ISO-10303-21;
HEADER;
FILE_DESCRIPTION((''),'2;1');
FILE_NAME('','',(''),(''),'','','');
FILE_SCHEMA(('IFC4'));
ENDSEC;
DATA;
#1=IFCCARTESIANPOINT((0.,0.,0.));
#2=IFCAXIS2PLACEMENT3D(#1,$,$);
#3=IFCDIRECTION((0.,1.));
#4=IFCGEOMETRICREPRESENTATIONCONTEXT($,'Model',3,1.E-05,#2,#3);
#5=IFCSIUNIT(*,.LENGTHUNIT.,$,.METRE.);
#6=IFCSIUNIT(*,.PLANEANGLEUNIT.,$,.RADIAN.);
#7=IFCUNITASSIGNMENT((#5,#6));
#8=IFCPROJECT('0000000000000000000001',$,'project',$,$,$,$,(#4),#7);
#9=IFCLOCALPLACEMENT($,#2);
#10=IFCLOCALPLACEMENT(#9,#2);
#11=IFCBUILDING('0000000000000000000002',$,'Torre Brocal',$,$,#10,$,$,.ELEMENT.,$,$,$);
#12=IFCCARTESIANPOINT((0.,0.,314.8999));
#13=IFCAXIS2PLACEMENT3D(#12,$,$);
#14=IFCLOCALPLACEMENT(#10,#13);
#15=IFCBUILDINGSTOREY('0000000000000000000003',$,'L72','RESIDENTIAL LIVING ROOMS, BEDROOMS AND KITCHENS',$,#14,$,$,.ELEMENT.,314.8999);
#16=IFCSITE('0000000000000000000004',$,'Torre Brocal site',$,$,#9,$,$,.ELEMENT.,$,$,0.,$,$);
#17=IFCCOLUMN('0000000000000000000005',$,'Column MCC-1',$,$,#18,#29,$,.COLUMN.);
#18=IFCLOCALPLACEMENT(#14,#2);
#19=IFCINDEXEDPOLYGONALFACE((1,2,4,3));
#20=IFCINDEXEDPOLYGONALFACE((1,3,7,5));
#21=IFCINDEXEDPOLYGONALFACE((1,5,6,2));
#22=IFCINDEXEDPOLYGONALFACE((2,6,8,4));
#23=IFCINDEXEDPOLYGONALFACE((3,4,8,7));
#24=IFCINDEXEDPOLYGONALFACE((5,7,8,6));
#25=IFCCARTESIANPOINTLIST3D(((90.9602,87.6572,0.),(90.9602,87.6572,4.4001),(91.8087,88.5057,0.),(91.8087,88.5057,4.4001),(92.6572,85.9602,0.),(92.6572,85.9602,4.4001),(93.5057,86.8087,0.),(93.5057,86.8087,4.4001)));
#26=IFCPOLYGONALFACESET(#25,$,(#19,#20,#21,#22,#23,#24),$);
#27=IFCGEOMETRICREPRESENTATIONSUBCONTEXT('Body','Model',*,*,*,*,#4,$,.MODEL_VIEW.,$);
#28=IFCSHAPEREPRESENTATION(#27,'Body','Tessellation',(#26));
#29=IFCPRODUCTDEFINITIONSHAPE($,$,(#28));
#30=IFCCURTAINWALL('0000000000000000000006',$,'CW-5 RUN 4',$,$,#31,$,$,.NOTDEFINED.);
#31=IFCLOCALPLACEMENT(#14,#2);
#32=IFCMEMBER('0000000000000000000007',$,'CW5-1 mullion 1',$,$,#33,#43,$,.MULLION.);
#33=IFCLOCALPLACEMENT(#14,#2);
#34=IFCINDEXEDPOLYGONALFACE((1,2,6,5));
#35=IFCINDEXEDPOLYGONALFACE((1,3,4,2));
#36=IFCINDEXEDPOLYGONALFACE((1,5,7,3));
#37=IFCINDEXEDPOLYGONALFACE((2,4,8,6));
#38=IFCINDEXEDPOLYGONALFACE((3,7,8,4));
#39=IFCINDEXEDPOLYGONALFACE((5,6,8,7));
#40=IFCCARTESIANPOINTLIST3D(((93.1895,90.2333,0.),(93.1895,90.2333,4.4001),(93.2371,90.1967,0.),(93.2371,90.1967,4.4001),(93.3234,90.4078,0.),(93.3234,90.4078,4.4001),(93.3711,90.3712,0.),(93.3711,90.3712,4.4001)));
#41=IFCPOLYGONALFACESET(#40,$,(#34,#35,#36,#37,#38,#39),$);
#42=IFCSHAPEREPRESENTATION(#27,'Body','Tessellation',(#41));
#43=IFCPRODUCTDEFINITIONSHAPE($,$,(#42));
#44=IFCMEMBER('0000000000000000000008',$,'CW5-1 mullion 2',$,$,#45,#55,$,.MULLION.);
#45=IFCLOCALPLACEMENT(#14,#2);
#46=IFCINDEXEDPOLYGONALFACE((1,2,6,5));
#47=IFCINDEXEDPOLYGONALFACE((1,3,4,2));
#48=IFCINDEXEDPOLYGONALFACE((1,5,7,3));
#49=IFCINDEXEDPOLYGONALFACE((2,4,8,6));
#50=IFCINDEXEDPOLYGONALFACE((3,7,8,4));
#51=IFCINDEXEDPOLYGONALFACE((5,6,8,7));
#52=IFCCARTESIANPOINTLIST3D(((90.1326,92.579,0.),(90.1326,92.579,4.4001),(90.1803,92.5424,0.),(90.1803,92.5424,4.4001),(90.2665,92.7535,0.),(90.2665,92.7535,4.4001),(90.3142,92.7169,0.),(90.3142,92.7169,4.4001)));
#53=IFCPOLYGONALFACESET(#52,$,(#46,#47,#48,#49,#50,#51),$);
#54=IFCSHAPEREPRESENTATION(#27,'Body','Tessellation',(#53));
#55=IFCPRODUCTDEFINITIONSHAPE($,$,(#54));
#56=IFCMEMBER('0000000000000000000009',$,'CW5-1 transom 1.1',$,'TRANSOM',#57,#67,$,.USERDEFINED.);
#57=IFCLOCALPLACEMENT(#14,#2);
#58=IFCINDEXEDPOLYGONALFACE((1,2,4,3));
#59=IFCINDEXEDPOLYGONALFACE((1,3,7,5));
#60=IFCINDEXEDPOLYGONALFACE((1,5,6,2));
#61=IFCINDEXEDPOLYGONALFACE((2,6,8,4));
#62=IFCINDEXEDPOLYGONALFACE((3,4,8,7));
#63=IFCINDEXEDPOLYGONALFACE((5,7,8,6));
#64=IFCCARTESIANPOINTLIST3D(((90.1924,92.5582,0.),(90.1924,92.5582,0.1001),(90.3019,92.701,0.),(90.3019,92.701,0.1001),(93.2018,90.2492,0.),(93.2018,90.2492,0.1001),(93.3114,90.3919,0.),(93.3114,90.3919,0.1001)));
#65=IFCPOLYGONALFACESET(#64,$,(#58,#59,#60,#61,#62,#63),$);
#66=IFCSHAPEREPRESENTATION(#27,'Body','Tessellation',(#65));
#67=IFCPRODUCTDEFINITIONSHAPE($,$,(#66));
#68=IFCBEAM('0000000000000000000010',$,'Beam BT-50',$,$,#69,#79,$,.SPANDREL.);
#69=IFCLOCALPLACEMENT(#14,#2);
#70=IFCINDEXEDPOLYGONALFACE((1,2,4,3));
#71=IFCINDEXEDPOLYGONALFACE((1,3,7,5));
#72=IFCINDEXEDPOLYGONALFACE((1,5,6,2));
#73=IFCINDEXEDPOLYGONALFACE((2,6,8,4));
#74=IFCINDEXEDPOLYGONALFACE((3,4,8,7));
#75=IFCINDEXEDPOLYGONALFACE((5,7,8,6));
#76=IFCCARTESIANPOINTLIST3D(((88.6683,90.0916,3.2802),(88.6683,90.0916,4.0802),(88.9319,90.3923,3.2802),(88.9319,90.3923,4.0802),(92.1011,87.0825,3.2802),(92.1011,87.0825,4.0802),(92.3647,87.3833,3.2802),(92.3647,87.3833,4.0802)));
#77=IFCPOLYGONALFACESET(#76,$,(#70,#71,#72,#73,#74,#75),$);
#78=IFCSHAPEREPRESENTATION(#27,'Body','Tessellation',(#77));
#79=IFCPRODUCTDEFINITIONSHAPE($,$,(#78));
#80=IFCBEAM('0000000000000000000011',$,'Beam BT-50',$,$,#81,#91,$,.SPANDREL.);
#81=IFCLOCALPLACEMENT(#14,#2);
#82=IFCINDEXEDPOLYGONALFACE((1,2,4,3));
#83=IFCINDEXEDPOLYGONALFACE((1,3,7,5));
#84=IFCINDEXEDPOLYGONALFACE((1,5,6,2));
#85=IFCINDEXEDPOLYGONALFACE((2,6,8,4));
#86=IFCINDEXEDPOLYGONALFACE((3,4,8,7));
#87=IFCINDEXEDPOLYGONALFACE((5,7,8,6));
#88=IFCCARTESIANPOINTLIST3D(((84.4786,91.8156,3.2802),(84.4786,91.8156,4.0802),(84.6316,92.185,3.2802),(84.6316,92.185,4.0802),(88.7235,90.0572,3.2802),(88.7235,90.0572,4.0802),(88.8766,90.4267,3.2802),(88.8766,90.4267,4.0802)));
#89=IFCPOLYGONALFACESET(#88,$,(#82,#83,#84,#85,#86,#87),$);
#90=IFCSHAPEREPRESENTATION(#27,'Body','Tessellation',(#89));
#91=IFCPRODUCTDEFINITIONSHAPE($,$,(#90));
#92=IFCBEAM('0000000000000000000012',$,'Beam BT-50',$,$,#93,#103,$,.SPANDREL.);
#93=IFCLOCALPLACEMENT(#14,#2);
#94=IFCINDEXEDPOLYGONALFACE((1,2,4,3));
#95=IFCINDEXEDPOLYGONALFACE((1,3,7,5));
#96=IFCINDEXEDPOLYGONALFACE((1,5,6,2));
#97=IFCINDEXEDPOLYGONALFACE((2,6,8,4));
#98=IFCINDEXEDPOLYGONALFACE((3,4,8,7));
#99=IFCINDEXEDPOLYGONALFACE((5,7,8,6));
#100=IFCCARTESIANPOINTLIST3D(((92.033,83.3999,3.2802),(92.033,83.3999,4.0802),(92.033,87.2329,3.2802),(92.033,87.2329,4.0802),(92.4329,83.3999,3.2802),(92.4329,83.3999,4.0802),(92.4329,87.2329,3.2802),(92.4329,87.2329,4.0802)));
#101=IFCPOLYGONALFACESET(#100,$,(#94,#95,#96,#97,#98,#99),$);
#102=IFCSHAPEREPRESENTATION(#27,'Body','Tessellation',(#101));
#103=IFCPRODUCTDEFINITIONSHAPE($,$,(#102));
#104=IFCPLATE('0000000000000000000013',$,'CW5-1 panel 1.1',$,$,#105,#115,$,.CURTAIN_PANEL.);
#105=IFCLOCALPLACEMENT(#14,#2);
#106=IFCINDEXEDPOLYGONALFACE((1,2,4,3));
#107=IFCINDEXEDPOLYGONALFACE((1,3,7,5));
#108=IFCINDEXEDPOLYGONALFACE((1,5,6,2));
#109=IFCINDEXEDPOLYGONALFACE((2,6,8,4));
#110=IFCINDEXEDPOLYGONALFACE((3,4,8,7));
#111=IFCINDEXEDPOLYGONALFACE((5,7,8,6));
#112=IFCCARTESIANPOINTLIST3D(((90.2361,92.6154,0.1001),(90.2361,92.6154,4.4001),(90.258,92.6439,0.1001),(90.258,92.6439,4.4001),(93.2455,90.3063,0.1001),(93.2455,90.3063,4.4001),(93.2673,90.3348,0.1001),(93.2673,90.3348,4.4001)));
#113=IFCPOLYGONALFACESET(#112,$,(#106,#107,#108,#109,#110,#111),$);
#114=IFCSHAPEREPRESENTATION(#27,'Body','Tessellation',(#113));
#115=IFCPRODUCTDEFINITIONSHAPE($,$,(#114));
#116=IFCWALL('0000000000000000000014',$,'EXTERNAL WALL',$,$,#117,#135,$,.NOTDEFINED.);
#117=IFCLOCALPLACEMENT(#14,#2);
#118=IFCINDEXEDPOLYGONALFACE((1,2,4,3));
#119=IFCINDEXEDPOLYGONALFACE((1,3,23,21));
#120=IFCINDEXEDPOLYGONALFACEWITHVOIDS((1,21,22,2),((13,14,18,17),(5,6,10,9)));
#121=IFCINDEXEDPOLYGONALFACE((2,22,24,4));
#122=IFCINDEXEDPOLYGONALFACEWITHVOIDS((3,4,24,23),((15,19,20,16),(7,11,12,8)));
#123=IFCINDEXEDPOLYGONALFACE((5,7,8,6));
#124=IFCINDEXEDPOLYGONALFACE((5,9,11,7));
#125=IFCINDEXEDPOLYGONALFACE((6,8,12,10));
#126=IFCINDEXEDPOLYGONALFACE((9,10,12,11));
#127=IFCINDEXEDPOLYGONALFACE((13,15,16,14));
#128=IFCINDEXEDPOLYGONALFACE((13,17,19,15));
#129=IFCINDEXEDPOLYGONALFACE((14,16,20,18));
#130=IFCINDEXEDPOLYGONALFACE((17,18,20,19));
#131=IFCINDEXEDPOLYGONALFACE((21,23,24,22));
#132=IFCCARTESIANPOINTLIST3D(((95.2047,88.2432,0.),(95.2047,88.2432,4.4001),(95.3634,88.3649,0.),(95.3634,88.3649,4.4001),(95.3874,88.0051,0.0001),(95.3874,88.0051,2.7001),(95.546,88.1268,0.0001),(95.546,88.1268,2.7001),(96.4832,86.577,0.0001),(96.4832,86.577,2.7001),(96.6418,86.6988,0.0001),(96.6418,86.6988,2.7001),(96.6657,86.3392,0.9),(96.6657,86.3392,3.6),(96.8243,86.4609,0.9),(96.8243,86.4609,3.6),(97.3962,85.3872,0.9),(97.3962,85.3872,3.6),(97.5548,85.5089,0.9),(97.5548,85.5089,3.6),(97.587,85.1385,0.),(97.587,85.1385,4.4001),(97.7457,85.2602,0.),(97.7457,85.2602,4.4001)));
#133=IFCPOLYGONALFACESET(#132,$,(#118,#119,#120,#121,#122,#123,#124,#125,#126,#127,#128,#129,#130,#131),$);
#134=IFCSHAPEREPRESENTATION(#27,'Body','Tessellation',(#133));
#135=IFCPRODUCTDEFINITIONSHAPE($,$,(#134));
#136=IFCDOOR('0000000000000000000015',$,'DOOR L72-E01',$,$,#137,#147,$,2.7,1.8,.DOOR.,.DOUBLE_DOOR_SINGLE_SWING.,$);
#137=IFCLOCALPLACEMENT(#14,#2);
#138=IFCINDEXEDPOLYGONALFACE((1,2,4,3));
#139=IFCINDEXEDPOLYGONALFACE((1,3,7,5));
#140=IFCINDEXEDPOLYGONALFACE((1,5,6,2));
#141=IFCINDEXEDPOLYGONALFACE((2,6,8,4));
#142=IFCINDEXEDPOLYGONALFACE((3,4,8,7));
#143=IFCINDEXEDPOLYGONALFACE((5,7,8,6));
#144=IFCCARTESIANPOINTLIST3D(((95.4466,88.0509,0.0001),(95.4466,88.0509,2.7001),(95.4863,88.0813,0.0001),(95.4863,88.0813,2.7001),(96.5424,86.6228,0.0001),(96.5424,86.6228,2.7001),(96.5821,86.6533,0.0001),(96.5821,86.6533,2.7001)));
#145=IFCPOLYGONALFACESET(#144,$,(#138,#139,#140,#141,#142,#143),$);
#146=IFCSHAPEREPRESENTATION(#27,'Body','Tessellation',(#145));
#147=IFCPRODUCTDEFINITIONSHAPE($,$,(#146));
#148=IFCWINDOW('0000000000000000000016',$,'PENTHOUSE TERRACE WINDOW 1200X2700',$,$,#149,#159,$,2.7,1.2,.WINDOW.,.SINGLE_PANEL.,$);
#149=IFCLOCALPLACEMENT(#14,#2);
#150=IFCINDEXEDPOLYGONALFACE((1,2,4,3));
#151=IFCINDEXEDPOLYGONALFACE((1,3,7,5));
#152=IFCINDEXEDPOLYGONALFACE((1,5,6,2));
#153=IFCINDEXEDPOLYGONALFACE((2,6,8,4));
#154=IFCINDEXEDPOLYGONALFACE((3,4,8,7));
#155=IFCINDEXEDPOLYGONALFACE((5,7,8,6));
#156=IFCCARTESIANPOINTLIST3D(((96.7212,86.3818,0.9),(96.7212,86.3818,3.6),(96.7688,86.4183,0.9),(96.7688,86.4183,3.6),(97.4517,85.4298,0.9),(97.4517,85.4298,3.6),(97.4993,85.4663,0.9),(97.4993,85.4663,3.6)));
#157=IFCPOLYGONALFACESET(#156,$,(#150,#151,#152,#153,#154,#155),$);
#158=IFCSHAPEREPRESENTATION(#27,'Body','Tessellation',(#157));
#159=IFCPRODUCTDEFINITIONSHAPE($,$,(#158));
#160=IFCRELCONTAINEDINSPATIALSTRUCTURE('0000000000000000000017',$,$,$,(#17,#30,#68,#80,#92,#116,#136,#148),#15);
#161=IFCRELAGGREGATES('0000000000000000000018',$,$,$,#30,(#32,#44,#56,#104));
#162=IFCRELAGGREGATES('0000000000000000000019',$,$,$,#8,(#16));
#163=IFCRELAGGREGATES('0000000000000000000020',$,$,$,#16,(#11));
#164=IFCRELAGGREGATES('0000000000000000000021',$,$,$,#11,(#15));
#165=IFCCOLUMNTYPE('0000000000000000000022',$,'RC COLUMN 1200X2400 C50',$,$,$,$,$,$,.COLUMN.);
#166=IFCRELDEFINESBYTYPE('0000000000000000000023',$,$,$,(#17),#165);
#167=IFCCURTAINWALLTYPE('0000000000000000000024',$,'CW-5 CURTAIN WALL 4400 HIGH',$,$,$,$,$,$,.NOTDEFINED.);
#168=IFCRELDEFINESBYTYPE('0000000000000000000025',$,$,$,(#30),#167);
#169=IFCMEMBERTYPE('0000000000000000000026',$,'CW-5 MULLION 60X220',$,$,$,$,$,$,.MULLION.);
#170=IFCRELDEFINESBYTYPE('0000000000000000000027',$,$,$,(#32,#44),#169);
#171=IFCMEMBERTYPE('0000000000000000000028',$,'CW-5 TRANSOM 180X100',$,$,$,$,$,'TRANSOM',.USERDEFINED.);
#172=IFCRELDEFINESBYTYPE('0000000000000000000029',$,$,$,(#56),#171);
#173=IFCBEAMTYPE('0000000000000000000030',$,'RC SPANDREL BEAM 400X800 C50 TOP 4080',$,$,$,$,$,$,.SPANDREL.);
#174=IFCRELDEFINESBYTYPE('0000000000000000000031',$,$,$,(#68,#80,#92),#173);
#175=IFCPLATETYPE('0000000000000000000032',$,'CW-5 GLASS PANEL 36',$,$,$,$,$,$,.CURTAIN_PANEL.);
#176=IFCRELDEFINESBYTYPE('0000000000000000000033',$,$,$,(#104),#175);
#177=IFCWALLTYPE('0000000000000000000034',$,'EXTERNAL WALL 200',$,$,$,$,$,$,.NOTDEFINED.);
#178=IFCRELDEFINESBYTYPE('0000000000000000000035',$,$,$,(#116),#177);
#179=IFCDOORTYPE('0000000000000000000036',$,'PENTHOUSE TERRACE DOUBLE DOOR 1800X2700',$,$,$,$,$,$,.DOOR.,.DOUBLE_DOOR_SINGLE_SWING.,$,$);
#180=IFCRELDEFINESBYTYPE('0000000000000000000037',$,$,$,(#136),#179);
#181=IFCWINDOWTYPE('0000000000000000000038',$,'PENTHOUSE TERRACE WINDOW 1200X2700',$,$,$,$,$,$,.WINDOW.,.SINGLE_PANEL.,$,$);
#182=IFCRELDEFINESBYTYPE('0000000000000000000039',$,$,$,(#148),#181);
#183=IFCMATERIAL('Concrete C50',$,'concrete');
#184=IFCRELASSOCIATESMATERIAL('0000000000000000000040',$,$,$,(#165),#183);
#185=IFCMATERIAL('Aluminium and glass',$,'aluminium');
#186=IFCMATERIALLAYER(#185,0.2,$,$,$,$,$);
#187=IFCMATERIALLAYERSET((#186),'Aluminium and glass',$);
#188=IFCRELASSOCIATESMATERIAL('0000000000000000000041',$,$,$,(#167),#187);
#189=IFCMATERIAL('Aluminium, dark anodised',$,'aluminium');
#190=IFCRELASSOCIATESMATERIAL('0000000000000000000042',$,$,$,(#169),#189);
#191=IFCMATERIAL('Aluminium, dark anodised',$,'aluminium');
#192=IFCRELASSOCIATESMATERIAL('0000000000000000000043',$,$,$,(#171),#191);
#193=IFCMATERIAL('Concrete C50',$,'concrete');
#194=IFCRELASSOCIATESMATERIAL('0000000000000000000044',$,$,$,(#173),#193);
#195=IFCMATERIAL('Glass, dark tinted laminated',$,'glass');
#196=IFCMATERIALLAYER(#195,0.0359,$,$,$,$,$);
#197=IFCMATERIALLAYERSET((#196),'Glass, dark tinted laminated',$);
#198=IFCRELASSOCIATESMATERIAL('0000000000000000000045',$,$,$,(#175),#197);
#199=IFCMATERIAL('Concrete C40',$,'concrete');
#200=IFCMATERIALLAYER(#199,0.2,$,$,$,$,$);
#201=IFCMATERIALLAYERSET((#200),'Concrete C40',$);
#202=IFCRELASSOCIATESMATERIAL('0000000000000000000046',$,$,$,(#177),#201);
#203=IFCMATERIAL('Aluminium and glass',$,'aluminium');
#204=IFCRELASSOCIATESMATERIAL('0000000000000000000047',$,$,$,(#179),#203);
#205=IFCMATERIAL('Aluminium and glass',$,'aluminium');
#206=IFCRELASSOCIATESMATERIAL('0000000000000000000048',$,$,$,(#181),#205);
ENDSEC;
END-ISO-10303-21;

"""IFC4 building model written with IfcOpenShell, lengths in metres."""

from ifc_helpers import new_model, si_unit, direction, frame, frame_2d, origin, origin_2d, place, context, subcontext, project, spatial, rectangle, extrude, material, layer, layer_set, material_profile, profile_set, type_object, element, fill, aggregate, save


model = new_model("IFC4")

# Units and contexts
model_context = context("Model", 3, precision=1e-05, world=origin(), true_north=direction((0.0, 1.0)))
body_context = subcontext(model_context, "Body", "Model", "MODEL_VIEW")
ifc_project = project(units=[si_unit("LENGTHUNIT", "METRE"), si_unit("PLANEANGLEUNIT", "RADIAN")], contexts=[model_context])

# Site, building, storey
site_placement = place(None, origin())
site = spatial("IfcSite", under=ifc_project, at=site_placement, Name="Torre Brocal site", CompositionType="ELEMENT", RefElevation=0.0)
building_placement = place(site_placement, origin())
building = spatial("IfcBuilding", under=site, at=building_placement, Name="Torre Brocal", CompositionType="ELEMENT")
storey_placement = place(building_placement, frame((0.0, 0.0, 314.8999)))
storey = spatial("IfcBuildingStorey", under=building, at=storey_placement, Name="L72", Description="RESIDENTIAL LIVING ROOMS, BEDROOMS AND KITCHENS", CompositionType="ELEMENT", Elevation=314.8999)

# Column
ifc_material_1 = material(Name="Concrete C50", Category="concrete")
ifc_material_profile_1 = material_profile(ifc_material_1, rectangle(XDim=1.2, YDim=2.3999, at=origin_2d()), Name="RC 1200X2400")
ifc_profile_set_1 = profile_set([ifc_material_profile_1], Name="Concrete C50")
column_type = type_object("IfcColumnType", Name="RC COLUMN 1200X2400 C50", PredefinedType="COLUMN", material=ifc_profile_set_1)
column_placement = place(storey_placement, frame((92.2329, 87.2329, 0.0), z_axis=(0.0, 0.0, 1.0), x_axis=(0.707107, 0.707107, 0.0)))
element("IfcColumn", 1, at=column_placement, inside=storey, type_object=column_type, Name="Column MCC-1", PredefinedType="COLUMN", context=body_context, shape_type="SweptSolid", body=[
    extrude(rectangle(XDim=1.2, YDim=2.3999, at=origin_2d()), origin(), (0.0, 0.0, 1.0), 4.4001),
])

# Curtain wall, members
ifc_material_2 = material(Name="Aluminium and glass", Category="aluminium")
ifc_layer_1 = layer(ifc_material_2, 0.2)
ifc_layer_set_1 = layer_set([ifc_layer_1], Name="Aluminium and glass")
curtain_wall_type = type_object("IfcCurtainWallType", Name="CW-5 CURTAIN WALL 4400 HIGH", PredefinedType="NOTDEFINED", material=ifc_layer_set_1)
curtain_wall_placement = place(storey_placement, origin())
curtain_wall = element("IfcCurtainWall", 2, at=curtain_wall_placement, inside=storey, type_object=curtain_wall_type, Name="CW-5 RUN 4", PredefinedType="NOTDEFINED")
ifc_material_3 = material(Name="Aluminium, dark anodised", Category="aluminium")
ifc_material_profile_2 = material_profile(ifc_material_3, rectangle(XDim=0.22, YDim=0.0601, at=origin_2d()), Name="CW-5 MULLION 60X220")
ifc_profile_set_2 = profile_set([ifc_material_profile_2], Name="Aluminium, dark anodised")
member_type_1 = type_object("IfcMemberType", Name="CW-5 MULLION 60X220", PredefinedType="MULLION", material=ifc_profile_set_2)
member_1_placement = place(storey_placement, frame((93.2803, 90.3022, 0.0), z_axis=(0.0, 0.0, 1.0), x_axis=(-0.608761, -0.793353, 0.0)))
member_1 = element("IfcMember", 3, at=member_1_placement, type_object=member_type_1, Name="CW5-1 mullion 1", PredefinedType="MULLION", context=body_context, shape_type="SweptSolid", body=[
    extrude(rectangle(XDim=0.22, YDim=0.0601, at=origin_2d()), origin(), (0.0, 0.0, 1.0), 4.4001),
])
member_2_placement = place(storey_placement, frame((90.2234, 92.6479, 0.0), z_axis=(0.0, 0.0, 1.0), x_axis=(-0.608761, -0.793353, 0.0)))
member_2 = element("IfcMember", 4, at=member_2_placement, type_object=member_type_1, Name="CW5-1 mullion 2", PredefinedType="MULLION", context=body_context, shape_type="SweptSolid", body=[
    extrude(rectangle(XDim=0.22, YDim=0.0601, at=origin_2d()), origin(), (0.0, 0.0, 1.0), 4.4001),
])
ifc_material_4 = material(Name="Aluminium, dark anodised", Category="aluminium")
ifc_material_profile_3 = material_profile(ifc_material_4, rectangle(XDim=0.1799, YDim=0.1001, at=origin_2d()), Name="CW-5 TRANSOM 180X100")
ifc_profile_set_3 = profile_set([ifc_material_profile_3], Name="Aluminium, dark anodised")
member_type_2 = type_object("IfcMemberType", Name="CW-5 TRANSOM 180X100", ElementType="TRANSOM", PredefinedType="USERDEFINED", material=ifc_profile_set_3)
member_3_placement = place(storey_placement, frame((93.2566, 90.3206, 0.05), z_axis=(-0.793379, 0.608727, 0.0), x_axis=(-0.608727, -0.793379, 0.0)))
member_3 = element("IfcMember", 5, at=member_3_placement, type_object=member_type_2, Name="CW5-1 transom 1.1", ObjectType="TRANSOM", PredefinedType="USERDEFINED", context=body_context, shape_type="SweptSolid", body=[
    extrude(rectangle(XDim=0.1799, YDim=0.1001, at=origin_2d()), origin(), (0.0, 0.0, 1.0), 3.7932),
])

# Beams
ifc_material_5 = material(Name="Concrete C50", Category="concrete")
ifc_material_profile_4 = material_profile(ifc_material_5, rectangle(XDim=0.3999, YDim=0.8, at=origin_2d()), Name="RC 400X800")
ifc_profile_set_4 = profile_set([ifc_material_profile_4], Name="Concrete C50")
beam_type = type_object("IfcBeamType", Name="RC SPANDREL BEAM 400X800 C50 TOP 4080", PredefinedType="SPANDREL", material=ifc_profile_set_4)
beam_1_placement = place(storey_placement, frame((92.2329, 87.2329, 3.6802), z_axis=(-0.752003, 0.659159, 0.0), x_axis=(-0.659159, -0.752003, 0.0)))
element("IfcBeam", 6, at=beam_1_placement, inside=storey, type_object=beam_type, Name="Beam BT-50", PredefinedType="SPANDREL", context=body_context, shape_type="SweptSolid", body=[
    extrude(rectangle(XDim=0.3999, YDim=0.8, at=origin_2d()), origin(), (0.0, 0.0, 1.0), 4.5649),
])
beam_2_placement = place(storey_placement, frame((88.8, 90.2419, 3.6802), z_axis=(-0.923878, 0.382687, 0.0), x_axis=(-0.382687, -0.923878, 0.0)))
element("IfcBeam", 7, at=beam_2_placement, inside=storey, type_object=beam_type, Name="Beam BT-50", PredefinedType="SPANDREL", context=body_context, shape_type="SweptSolid", body=[
    extrude(rectangle(XDim=0.3999, YDim=0.8, at=origin_2d()), origin(), (0.0, 0.0, 1.0), 4.5947),
])
beam_3_placement = place(storey_placement, frame((92.2329, 87.2329, 3.6802), z_axis=(0.0, -1.0, 0.0), x_axis=(1.0, 0.0, 0.0)))
element("IfcBeam", 8, at=beam_3_placement, inside=storey, type_object=beam_type, Name="Beam BT-50", PredefinedType="SPANDREL", context=body_context, shape_type="SweptSolid", body=[
    extrude(rectangle(XDim=0.3999, YDim=0.8, at=origin_2d()), origin(), (0.0, 0.0, 1.0), 3.833),
])

# Plate
ifc_material_6 = material(Name="Glass, dark tinted laminated", Category="glass")
ifc_layer_2 = layer(ifc_material_6, 0.0359)
ifc_layer_set_2 = layer_set([ifc_layer_2], Name="Glass, dark tinted laminated")
plate_type = type_object("IfcPlateType", Name="CW-5 GLASS PANEL 36", PredefinedType="CURTAIN_PANEL", material=ifc_layer_set_2)
plate_placement = place(storey_placement, frame((91.7517, 91.4751, 0.1001), z_axis=(0.0, 0.0, 1.0), x_axis=(-0.793353, 0.608761, 0.0)))
plate = element("IfcPlate", 9, at=plate_placement, type_object=plate_type, Name="CW5-1 panel 1.1", PredefinedType="CURTAIN_PANEL", context=body_context, shape_type="SweptSolid", body=[
    extrude(rectangle(XDim=3.7932, YDim=0.0359, at=origin_2d()), origin(), (0.0, 0.0, 1.0), 4.3),
])
aggregate(curtain_wall, [member_1, member_2, member_3, plate])

# Wall, openings, door, window
ifc_material_7 = material(Name="Concrete C40", Category="concrete")
ifc_layer_3 = layer(ifc_material_7, 0.2)
ifc_layer_set_3 = layer_set([ifc_layer_3], Name="Concrete C40")
wall_type_1 = type_object("IfcWallType", Name="EXTERNAL WALL 200", PredefinedType="NOTDEFINED", material=ifc_layer_set_3)
wall_1_placement = place(storey_placement, frame((97.6663, 85.1995, 0.0), z_axis=(0.0, 0.0, 1.0), x_axis=(-0.608758, 0.793356, 0.0)))
wall_1 = element("IfcWall", 10, at=wall_1_placement, inside=storey, type_object=wall_type_1, Name="EXTERNAL WALL", PredefinedType="NOTDEFINED", context=body_context, shape_type="SweptSolid", body=[
    extrude(rectangle(XDim=3.9133, YDim=0.2, at=frame_2d((1.9565, 0.0))), origin(), (0.0, 0.0, 1.0), 4.4001),
])
opening_1_placement = place(wall_1_placement, frame((0.3132, 0.0, 0.8999)))
opening_1 = element("IfcOpeningElement", 11, at=opening_1_placement, cuts=wall_1, PredefinedType="OPENING", context=body_context, shape_type="SweptSolid", body=[
    extrude(rectangle(XDim=1.2, YDim=2.7, at=frame_2d((0.6001, 1.3501))), frame((0.0, 0.1099, 0.0), z_axis=(0.0, -1.0, 0.0), x_axis=(1.0, 0.0, 0.0)), (0.0, 0.0, 1.0), 0.22),
])
opening_2_placement = place(wall_1_placement, frame((1.8132, 0.0, 0.0)))
opening_2 = element("IfcOpeningElement", 12, at=opening_2_placement, cuts=wall_1, PredefinedType="OPENING", context=body_context, shape_type="SweptSolid", body=[
    extrude(rectangle(XDim=1.8, YDim=2.7, at=frame_2d((0.8999, 1.3501))), frame((0.0, 0.1099, 0.0), z_axis=(0.0, -1.0, 0.0), x_axis=(1.0, 0.0, 0.0)), (0.0, 0.0, 1.0), 0.22),
])
ifc_material_8 = material(Name="Aluminium and glass", Category="aluminium")
door_type_1 = type_object("IfcDoorType", Name="PENTHOUSE TERRACE DOUBLE DOOR 1800X2700", OperationType="DOUBLE_DOOR_SINGLE_SWING", PredefinedType="DOOR", material=ifc_material_8)
door_1_placement = place(opening_2_placement, frame((1.8, 0.0, 0.0), z_axis=(0.0, 0.0, 1.0), x_axis=(-1.0, 0.0, 0.0)))
door_1 = element("IfcDoor", 13, at=door_1_placement, inside=storey, type_object=door_type_1, Name="DOOR L72-E01", OperationType="DOUBLE_DOOR_SINGLE_SWING", OverallHeight=2.7, OverallWidth=1.8, PredefinedType="DOOR", context=body_context, shape_type="SweptSolid", body=[
    extrude(rectangle(XDim=1.8, YDim=2.7, at=frame_2d((0.8999, 1.3501))), frame((0.0, 0.0249, 0.0), z_axis=(0.0, -1.0, 0.0), x_axis=(1.0, 0.0, 0.0)), (0.0, 0.0, 1.0), 0.05),
])
fill(opening_2, door_1)
ifc_material_9 = material(Name="Aluminium and glass", Category="aluminium")
window_type = type_object("IfcWindowType", Name="PENTHOUSE TERRACE WINDOW 1200X2700", PartitioningType="SINGLE_PANEL", PredefinedType="WINDOW", material=ifc_material_9)
window_1_placement = place(opening_1_placement, origin())
window_1 = element("IfcWindow", 14, at=window_1_placement, inside=storey, type_object=window_type, Name="PENTHOUSE TERRACE WINDOW 1200X2700", OverallHeight=2.7, OverallWidth=1.2, PartitioningType="SINGLE_PANEL", PredefinedType="WINDOW", context=body_context, shape_type="SweptSolid", body=[
    extrude(rectangle(XDim=1.2, YDim=2.7, at=frame_2d((0.6001, 1.3501))), frame((0.0, 0.03, 0.0), z_axis=(0.0, -1.0, 0.0), x_axis=(1.0, 0.0, 0.0)), (0.0, 0.0, 1.0), 0.0601),
])
fill(opening_1, window_1)

save(model, "model.ifc")
